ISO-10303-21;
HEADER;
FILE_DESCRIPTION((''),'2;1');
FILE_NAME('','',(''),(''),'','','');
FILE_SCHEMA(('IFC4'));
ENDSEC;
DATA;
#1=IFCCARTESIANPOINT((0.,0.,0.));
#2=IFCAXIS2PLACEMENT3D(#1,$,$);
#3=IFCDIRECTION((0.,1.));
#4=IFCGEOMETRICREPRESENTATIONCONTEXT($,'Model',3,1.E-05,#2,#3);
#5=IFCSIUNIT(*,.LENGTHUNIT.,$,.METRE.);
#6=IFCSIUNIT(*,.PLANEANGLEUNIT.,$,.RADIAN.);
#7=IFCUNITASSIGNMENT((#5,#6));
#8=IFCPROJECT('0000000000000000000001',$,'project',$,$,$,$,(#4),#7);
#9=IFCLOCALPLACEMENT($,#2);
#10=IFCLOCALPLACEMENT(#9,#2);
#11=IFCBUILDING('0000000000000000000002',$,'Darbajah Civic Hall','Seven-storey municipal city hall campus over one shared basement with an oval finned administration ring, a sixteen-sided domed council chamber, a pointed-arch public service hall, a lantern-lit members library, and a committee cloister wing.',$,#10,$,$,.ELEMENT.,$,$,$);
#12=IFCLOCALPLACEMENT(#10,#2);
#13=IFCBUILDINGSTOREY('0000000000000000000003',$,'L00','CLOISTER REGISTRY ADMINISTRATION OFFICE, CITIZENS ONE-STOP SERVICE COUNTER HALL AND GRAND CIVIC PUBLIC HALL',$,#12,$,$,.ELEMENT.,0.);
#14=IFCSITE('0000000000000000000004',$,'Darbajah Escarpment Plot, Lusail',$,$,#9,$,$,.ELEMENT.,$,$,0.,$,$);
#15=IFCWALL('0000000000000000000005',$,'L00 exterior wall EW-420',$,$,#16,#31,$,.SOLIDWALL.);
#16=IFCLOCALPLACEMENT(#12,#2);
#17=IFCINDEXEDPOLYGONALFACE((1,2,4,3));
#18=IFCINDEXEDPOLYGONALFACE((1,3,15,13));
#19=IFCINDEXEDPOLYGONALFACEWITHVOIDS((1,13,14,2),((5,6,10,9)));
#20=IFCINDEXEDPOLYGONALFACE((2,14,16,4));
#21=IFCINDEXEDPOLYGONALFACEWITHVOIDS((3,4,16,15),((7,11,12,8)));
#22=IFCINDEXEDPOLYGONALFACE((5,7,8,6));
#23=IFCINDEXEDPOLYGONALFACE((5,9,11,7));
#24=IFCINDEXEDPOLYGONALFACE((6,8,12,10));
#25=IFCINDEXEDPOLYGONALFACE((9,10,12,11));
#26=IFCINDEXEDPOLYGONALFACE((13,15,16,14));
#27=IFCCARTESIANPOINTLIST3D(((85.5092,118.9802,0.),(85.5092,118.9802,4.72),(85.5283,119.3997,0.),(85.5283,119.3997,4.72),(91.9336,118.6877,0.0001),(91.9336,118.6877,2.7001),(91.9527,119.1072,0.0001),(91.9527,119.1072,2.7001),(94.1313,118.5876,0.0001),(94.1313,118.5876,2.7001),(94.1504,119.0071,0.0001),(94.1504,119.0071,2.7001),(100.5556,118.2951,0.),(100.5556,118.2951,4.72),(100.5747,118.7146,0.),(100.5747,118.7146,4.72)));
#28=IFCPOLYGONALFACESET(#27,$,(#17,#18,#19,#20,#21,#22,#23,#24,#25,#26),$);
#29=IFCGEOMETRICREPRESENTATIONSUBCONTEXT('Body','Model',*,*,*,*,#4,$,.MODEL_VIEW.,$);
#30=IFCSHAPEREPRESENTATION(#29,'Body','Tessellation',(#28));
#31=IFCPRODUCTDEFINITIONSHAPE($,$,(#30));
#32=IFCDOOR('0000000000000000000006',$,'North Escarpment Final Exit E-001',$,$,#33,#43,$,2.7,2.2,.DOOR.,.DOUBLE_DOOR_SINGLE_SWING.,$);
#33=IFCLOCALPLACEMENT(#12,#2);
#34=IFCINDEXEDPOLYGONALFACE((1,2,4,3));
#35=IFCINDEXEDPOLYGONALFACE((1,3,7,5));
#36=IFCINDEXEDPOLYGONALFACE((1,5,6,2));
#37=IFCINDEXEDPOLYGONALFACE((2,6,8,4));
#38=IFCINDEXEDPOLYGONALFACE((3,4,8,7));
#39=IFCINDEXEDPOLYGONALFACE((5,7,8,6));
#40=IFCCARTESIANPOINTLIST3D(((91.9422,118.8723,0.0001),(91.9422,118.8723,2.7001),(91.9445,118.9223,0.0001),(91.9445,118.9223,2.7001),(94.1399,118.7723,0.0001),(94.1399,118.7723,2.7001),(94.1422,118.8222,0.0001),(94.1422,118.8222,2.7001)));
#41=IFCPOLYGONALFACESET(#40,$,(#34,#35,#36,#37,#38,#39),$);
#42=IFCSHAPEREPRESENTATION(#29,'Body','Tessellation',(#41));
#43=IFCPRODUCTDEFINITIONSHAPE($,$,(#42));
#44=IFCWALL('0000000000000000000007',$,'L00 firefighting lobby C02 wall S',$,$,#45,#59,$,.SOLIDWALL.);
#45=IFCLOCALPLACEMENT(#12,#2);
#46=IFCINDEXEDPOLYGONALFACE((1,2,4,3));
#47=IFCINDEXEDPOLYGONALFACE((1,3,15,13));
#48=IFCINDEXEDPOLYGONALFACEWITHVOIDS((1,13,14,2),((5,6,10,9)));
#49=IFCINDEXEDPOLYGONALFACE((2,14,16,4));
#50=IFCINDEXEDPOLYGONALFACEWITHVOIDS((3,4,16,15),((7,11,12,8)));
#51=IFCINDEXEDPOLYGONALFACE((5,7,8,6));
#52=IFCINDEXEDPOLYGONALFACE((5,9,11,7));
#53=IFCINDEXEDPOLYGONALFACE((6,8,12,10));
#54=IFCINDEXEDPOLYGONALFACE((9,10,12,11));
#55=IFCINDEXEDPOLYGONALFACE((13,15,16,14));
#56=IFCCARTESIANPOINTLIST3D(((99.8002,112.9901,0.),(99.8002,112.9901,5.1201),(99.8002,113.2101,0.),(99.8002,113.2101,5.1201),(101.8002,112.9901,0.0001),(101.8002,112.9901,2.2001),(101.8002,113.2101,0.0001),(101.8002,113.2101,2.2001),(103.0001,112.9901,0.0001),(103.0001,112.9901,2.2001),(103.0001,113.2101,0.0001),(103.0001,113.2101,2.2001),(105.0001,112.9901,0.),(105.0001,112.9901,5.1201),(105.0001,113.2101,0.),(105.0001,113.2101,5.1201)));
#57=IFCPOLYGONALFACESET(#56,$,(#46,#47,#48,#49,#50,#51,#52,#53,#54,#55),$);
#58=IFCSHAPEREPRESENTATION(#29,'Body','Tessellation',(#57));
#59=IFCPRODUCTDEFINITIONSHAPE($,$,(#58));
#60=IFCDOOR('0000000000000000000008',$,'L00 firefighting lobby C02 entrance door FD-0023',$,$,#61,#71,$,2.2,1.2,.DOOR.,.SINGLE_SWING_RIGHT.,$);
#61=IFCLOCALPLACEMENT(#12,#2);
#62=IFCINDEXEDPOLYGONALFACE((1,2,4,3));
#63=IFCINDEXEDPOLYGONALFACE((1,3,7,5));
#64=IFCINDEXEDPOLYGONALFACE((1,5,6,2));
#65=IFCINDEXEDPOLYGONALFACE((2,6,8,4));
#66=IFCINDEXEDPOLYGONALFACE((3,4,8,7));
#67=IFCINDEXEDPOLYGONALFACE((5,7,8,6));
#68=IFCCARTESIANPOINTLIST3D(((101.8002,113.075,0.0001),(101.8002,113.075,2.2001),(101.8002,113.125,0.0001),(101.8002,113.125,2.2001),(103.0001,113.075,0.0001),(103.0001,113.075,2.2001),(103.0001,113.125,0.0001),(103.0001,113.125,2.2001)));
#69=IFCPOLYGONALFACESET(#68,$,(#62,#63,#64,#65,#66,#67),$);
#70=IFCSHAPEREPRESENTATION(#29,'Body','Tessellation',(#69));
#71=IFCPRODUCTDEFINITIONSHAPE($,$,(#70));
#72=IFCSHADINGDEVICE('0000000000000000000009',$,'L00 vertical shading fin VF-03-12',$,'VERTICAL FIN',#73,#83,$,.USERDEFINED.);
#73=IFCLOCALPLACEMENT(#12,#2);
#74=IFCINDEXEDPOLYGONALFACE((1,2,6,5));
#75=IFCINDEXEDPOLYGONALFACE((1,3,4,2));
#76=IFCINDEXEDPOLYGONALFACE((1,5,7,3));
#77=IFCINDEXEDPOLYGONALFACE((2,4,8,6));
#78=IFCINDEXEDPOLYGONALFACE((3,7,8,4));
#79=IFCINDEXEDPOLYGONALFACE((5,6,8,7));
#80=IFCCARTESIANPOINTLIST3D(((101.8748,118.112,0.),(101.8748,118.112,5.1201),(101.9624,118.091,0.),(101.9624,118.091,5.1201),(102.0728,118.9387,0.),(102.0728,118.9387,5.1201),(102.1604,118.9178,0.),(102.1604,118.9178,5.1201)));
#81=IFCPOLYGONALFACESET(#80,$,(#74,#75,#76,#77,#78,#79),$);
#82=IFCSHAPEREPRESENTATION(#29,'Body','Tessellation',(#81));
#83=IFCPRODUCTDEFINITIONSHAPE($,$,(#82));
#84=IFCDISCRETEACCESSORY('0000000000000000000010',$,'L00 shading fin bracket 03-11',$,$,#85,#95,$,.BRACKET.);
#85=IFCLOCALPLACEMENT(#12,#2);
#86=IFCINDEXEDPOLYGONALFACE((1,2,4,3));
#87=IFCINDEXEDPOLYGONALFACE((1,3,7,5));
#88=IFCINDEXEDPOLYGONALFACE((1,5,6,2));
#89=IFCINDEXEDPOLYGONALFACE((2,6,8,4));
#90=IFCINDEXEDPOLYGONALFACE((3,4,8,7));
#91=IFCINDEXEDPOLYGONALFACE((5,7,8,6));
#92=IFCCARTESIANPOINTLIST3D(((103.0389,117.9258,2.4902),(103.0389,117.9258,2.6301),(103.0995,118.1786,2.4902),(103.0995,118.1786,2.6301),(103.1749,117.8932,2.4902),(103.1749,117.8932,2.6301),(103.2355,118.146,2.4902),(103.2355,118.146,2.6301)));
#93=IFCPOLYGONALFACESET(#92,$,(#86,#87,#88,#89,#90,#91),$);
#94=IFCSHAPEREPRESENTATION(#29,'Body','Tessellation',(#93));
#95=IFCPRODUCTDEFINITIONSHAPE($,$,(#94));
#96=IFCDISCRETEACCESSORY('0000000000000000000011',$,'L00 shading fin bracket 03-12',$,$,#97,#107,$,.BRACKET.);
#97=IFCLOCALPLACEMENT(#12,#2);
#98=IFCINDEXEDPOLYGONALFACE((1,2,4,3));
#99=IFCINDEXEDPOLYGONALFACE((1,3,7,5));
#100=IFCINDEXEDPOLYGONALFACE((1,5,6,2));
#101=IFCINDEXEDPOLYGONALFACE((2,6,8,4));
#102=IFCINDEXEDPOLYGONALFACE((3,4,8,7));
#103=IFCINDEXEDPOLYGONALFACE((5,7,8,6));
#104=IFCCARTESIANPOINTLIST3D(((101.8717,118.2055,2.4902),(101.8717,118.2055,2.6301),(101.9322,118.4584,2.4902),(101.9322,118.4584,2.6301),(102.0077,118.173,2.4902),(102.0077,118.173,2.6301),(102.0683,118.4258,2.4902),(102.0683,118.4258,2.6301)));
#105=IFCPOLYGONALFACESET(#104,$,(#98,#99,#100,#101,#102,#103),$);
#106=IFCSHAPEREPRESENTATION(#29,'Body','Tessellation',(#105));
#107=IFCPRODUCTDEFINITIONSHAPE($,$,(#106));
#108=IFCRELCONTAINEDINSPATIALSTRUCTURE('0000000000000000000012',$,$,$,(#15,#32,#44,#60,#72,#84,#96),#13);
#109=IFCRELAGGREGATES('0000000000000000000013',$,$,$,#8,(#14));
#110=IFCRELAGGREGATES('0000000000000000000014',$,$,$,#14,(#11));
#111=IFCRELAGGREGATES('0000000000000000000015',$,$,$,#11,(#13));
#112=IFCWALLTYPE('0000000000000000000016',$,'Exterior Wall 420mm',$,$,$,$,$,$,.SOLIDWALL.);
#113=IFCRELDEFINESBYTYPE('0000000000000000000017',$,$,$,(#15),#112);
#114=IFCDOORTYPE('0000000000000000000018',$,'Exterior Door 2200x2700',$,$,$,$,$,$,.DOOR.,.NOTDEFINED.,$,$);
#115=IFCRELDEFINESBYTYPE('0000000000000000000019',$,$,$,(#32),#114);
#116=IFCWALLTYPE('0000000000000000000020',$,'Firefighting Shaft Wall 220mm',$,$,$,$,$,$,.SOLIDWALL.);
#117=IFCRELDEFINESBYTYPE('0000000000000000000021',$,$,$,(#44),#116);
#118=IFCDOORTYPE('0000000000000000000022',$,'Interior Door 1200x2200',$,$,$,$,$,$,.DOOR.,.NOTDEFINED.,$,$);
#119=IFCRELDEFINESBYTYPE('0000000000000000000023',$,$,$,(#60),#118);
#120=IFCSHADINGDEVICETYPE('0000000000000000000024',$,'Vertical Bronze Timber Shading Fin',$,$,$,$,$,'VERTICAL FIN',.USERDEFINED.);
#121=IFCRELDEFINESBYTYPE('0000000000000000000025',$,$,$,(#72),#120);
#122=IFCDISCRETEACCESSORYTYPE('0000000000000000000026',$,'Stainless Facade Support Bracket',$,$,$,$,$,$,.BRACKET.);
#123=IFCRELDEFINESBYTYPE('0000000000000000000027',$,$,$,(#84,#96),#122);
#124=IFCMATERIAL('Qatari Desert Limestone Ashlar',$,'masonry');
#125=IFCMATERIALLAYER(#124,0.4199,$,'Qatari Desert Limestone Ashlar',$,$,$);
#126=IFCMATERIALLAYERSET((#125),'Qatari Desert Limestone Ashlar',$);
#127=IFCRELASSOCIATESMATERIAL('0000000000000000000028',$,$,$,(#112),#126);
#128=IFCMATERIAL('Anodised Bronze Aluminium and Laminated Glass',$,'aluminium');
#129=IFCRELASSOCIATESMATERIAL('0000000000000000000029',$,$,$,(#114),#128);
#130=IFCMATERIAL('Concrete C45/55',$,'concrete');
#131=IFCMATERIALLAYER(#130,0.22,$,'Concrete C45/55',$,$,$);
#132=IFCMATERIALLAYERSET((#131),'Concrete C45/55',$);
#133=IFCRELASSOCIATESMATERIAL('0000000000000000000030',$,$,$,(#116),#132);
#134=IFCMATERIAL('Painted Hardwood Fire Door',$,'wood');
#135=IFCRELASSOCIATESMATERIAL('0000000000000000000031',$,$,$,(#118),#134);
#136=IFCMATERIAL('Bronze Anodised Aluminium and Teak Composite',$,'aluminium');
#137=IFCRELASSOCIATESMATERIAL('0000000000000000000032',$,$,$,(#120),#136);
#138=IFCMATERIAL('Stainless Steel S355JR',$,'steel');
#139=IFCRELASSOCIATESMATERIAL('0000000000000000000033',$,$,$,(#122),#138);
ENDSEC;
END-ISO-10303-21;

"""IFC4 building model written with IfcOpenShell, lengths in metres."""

from ifc_helpers import new_model, si_unit, direction, frame, frame_2d, origin, origin_2d, place, context, subcontext, project, spatial, rectangle, extrude, material, layer, layer_set, type_object, element, fill, save


model = new_model("IFC4")

# Units and contexts
model_context = context("Model", 3, precision=1e-05, world=origin(), true_north=direction((0.0, 1.0)))
body_context = subcontext(model_context, "Body", "Model", "MODEL_VIEW")
ifc_project = project(units=[si_unit("LENGTHUNIT", "METRE"), si_unit("PLANEANGLEUNIT", "RADIAN")], contexts=[model_context])

# Site, building, storey
site_placement = place(None, origin())
site = spatial("IfcSite", under=ifc_project, at=site_placement, Name="Darbajah Escarpment Plot, Lusail", CompositionType="ELEMENT", RefElevation=0.0)
building_placement = place(site_placement, origin())
building = spatial("IfcBuilding", under=site, at=building_placement, Name="Darbajah Civic Hall", Description="Seven-storey municipal city hall campus over one shared basement with an oval finned administration ring, a sixteen-sided domed council chamber, a pointed-arch public service hall, a lantern-lit members library, and a committee cloister wing.", CompositionType="ELEMENT")
storey_placement = place(building_placement, origin())
storey = spatial("IfcBuildingStorey", under=building, at=storey_placement, Name="L00", Description="CLOISTER REGISTRY ADMINISTRATION OFFICE, CITIZENS ONE-STOP SERVICE COUNTER HALL AND GRAND CIVIC PUBLIC HALL", CompositionType="ELEMENT", Elevation=0.0)

# Shared definitions
ifc_material_1 = material(Name="Concrete C45/55", Category="concrete")

# Shared definitions
ifc_material_2 = material(Name="Qatari Desert Limestone Ashlar", Category="masonry")

# Walls, openings, doors
ifc_layer_1 = layer(ifc_material_2, 0.4199, Name="Qatari Desert Limestone Ashlar")
ifc_layer_set_1 = layer_set([ifc_layer_1], Name="Qatari Desert Limestone Ashlar")
wall_type_1 = type_object("IfcWallType", Name="Exterior Wall 420mm", PredefinedType="SOLIDWALL", material=ifc_layer_set_1)
wall_1_placement = place(storey_placement, frame((100.5652, 118.5049, 0.0), z_axis=(0.0, 0.0, 1.0), x_axis=(-0.998965, 0.045483, 0.0)))
wall_1 = element("IfcWall", 1, at=wall_1_placement, inside=storey, type_object=wall_type_1, Name="L00 exterior wall EW-420", PredefinedType="SOLIDWALL", context=body_context, shape_type="SweptSolid", body=[
    extrude(rectangle(XDim=15.062, YDim=0.4199, at=frame_2d((7.531, 0.0))), origin(), (0.0, 0.0, 1.0), 4.72),
])
opening_1_placement = place(wall_1_placement, frame((6.4309, 0.0, 0.0)))
opening_1 = element("IfcOpeningElement", 2, at=opening_1_placement, cuts=wall_1, PredefinedType="OPENING", context=body_context, shape_type="SweptSolid", body=[
    extrude(rectangle(XDim=2.2, YDim=2.7, at=frame_2d((1.1001, 1.3501))), frame((0.0, 0.22, 0.0), z_axis=(0.0, -1.0, 0.0), x_axis=(1.0, 0.0, 0.0)), (0.0, 0.0, 1.0), 0.4399),
])
ifc_material_3 = material(Name="Anodised Bronze Aluminium and Laminated Glass", Category="aluminium")
door_type_1 = type_object("IfcDoorType", Name="Exterior Door 2200x2700", OperationType="NOTDEFINED", PredefinedType="DOOR", material=ifc_material_3)
door_1_placement = place(opening_1_placement, frame((2.2, 0.0, 0.0), z_axis=(0.0, 0.0, 1.0), x_axis=(-1.0, 0.0, 0.0)))
door_1 = element("IfcDoor", 3, at=door_1_placement, inside=storey, type_object=door_type_1, Name="North Escarpment Final Exit E-001", OperationType="DOUBLE_DOOR_SINGLE_SWING", OverallHeight=2.7, OverallWidth=2.2, PredefinedType="DOOR", context=body_context, shape_type="SweptSolid", body=[
    extrude(rectangle(XDim=2.2, YDim=2.7, at=frame_2d((1.1001, 1.3501))), frame((0.0, 0.0249, 0.0), z_axis=(0.0, -1.0, 0.0), x_axis=(1.0, 0.0, 0.0)), (0.0, 0.0, 1.0), 0.05),
])
fill(opening_1, door_1)
ifc_layer_2 = layer(ifc_material_1, 0.22, Name="Concrete C45/55")
ifc_layer_set_2 = layer_set([ifc_layer_2], Name="Concrete C45/55")
wall_type_2 = type_object("IfcWallType", Name="Firefighting Shaft Wall 220mm", PredefinedType="SOLIDWALL", material=ifc_layer_set_2)
wall_2_placement = place(storey_placement, frame((99.8, 113.1001, 0.0), z_axis=(0.0, 0.0, 1.0), x_axis=(1.0, 0.0, 0.0)))
wall_2 = element("IfcWall", 4, at=wall_2_placement, inside=storey, type_object=wall_type_2, Name="L00 firefighting lobby C02 wall S", PredefinedType="SOLIDWALL", context=body_context, shape_type="SweptSolid", body=[
    extrude(rectangle(XDim=5.2, YDim=0.22, at=frame_2d((2.6001, 0.0))), origin(), (0.0, 0.0, 1.0), 5.1201),
])
opening_2_placement = place(wall_2_placement, frame((2.0, 0.0, 0.0)))
opening_2 = element("IfcOpeningElement", 5, at=opening_2_placement, cuts=wall_2, PredefinedType="OPENING", context=body_context, shape_type="SweptSolid", body=[
    extrude(rectangle(XDim=1.2, YDim=2.2, at=frame_2d((0.6001, 1.1001))), frame((0.0, 0.1199, 0.0), z_axis=(0.0, -1.0, 0.0), x_axis=(1.0, 0.0, 0.0)), (0.0, 0.0, 1.0), 0.24),
])
ifc_material_4 = material(Name="Painted Hardwood Fire Door", Category="wood")
door_type_2 = type_object("IfcDoorType", Name="Interior Door 1200x2200", OperationType="NOTDEFINED", PredefinedType="DOOR", material=ifc_material_4)
door_2_placement = place(opening_2_placement, origin())
door_2 = element("IfcDoor", 6, at=door_2_placement, inside=storey, type_object=door_type_2, Name="L00 firefighting lobby C02 entrance door FD-0023", OperationType="SINGLE_SWING_RIGHT", OverallHeight=2.2, OverallWidth=1.2, PredefinedType="DOOR", context=body_context, shape_type="SweptSolid", body=[
    extrude(rectangle(XDim=1.2, YDim=2.2, at=frame_2d((0.6001, 1.1001))), frame((0.0, 0.0249, 0.0), z_axis=(0.0, -1.0, 0.0), x_axis=(1.0, 0.0, 0.0)), (0.0, 0.0, 1.0), 0.05),
])
fill(opening_2, door_2)

# Shading device
ifc_material_5 = material(Name="Bronze Anodised Aluminium and Teak Composite", Category="aluminium")
shading_device_type = type_object("IfcShadingDeviceType", Name="Vertical Bronze Timber Shading Fin", ElementType="VERTICAL FIN", PredefinedType="USERDEFINED", material=ifc_material_5)
shading_device_placement = place(storey_placement, frame((102.0176, 118.5149, 0.0), z_axis=(0.0, 0.0, 1.0), x_axis=(0.232936, 0.972492, 0.0)))
element("IfcShadingDevice", 7, at=shading_device_placement, inside=storey, type_object=shading_device_type, Name="L00 vertical shading fin VF-03-12", ObjectType="VERTICAL FIN", PredefinedType="USERDEFINED", context=body_context, shape_type="SweptSolid", body=[
    extrude(rectangle(XDim=0.8501, YDim=0.0901, at=origin_2d()), origin(), (0.0, 0.0, 1.0), 5.1201),
])

# Discrete accessories
ifc_material_6 = material(Name="Stainless Steel S355JR", Category="steel")
discrete_accessory_type = type_object("IfcDiscreteAccessoryType", Name="Stainless Facade Support Bracket", PredefinedType="BRACKET", material=ifc_material_6)
for number, where, z_axis, x_axis, name in (
    (8, (103.1372, 118.0359, 2.4902), (0.0, 0.0, 1.0), (0.232936, 0.972492, 0.0), "L00 shading fin bracket 03-11"),
    (9, (101.97, 118.3157, 2.4902), (0.0, 0.0, 1.0), (0.232936, 0.972492, 0.0), "L00 shading fin bracket 03-12"),
):
    element("IfcDiscreteAccessory", number, at=place(storey_placement, frame(where, z_axis=z_axis, x_axis=x_axis)), inside=storey, type_object=discrete_accessory_type, Name=name, PredefinedType="BRACKET", context=body_context, shape_type="SweptSolid", body=[
        extrude(rectangle(XDim=0.26, YDim=0.1399, at=origin_2d()), origin(), (0.0, 0.0, 1.0), 0.1399),
    ])

save(model, "model.ifc")
